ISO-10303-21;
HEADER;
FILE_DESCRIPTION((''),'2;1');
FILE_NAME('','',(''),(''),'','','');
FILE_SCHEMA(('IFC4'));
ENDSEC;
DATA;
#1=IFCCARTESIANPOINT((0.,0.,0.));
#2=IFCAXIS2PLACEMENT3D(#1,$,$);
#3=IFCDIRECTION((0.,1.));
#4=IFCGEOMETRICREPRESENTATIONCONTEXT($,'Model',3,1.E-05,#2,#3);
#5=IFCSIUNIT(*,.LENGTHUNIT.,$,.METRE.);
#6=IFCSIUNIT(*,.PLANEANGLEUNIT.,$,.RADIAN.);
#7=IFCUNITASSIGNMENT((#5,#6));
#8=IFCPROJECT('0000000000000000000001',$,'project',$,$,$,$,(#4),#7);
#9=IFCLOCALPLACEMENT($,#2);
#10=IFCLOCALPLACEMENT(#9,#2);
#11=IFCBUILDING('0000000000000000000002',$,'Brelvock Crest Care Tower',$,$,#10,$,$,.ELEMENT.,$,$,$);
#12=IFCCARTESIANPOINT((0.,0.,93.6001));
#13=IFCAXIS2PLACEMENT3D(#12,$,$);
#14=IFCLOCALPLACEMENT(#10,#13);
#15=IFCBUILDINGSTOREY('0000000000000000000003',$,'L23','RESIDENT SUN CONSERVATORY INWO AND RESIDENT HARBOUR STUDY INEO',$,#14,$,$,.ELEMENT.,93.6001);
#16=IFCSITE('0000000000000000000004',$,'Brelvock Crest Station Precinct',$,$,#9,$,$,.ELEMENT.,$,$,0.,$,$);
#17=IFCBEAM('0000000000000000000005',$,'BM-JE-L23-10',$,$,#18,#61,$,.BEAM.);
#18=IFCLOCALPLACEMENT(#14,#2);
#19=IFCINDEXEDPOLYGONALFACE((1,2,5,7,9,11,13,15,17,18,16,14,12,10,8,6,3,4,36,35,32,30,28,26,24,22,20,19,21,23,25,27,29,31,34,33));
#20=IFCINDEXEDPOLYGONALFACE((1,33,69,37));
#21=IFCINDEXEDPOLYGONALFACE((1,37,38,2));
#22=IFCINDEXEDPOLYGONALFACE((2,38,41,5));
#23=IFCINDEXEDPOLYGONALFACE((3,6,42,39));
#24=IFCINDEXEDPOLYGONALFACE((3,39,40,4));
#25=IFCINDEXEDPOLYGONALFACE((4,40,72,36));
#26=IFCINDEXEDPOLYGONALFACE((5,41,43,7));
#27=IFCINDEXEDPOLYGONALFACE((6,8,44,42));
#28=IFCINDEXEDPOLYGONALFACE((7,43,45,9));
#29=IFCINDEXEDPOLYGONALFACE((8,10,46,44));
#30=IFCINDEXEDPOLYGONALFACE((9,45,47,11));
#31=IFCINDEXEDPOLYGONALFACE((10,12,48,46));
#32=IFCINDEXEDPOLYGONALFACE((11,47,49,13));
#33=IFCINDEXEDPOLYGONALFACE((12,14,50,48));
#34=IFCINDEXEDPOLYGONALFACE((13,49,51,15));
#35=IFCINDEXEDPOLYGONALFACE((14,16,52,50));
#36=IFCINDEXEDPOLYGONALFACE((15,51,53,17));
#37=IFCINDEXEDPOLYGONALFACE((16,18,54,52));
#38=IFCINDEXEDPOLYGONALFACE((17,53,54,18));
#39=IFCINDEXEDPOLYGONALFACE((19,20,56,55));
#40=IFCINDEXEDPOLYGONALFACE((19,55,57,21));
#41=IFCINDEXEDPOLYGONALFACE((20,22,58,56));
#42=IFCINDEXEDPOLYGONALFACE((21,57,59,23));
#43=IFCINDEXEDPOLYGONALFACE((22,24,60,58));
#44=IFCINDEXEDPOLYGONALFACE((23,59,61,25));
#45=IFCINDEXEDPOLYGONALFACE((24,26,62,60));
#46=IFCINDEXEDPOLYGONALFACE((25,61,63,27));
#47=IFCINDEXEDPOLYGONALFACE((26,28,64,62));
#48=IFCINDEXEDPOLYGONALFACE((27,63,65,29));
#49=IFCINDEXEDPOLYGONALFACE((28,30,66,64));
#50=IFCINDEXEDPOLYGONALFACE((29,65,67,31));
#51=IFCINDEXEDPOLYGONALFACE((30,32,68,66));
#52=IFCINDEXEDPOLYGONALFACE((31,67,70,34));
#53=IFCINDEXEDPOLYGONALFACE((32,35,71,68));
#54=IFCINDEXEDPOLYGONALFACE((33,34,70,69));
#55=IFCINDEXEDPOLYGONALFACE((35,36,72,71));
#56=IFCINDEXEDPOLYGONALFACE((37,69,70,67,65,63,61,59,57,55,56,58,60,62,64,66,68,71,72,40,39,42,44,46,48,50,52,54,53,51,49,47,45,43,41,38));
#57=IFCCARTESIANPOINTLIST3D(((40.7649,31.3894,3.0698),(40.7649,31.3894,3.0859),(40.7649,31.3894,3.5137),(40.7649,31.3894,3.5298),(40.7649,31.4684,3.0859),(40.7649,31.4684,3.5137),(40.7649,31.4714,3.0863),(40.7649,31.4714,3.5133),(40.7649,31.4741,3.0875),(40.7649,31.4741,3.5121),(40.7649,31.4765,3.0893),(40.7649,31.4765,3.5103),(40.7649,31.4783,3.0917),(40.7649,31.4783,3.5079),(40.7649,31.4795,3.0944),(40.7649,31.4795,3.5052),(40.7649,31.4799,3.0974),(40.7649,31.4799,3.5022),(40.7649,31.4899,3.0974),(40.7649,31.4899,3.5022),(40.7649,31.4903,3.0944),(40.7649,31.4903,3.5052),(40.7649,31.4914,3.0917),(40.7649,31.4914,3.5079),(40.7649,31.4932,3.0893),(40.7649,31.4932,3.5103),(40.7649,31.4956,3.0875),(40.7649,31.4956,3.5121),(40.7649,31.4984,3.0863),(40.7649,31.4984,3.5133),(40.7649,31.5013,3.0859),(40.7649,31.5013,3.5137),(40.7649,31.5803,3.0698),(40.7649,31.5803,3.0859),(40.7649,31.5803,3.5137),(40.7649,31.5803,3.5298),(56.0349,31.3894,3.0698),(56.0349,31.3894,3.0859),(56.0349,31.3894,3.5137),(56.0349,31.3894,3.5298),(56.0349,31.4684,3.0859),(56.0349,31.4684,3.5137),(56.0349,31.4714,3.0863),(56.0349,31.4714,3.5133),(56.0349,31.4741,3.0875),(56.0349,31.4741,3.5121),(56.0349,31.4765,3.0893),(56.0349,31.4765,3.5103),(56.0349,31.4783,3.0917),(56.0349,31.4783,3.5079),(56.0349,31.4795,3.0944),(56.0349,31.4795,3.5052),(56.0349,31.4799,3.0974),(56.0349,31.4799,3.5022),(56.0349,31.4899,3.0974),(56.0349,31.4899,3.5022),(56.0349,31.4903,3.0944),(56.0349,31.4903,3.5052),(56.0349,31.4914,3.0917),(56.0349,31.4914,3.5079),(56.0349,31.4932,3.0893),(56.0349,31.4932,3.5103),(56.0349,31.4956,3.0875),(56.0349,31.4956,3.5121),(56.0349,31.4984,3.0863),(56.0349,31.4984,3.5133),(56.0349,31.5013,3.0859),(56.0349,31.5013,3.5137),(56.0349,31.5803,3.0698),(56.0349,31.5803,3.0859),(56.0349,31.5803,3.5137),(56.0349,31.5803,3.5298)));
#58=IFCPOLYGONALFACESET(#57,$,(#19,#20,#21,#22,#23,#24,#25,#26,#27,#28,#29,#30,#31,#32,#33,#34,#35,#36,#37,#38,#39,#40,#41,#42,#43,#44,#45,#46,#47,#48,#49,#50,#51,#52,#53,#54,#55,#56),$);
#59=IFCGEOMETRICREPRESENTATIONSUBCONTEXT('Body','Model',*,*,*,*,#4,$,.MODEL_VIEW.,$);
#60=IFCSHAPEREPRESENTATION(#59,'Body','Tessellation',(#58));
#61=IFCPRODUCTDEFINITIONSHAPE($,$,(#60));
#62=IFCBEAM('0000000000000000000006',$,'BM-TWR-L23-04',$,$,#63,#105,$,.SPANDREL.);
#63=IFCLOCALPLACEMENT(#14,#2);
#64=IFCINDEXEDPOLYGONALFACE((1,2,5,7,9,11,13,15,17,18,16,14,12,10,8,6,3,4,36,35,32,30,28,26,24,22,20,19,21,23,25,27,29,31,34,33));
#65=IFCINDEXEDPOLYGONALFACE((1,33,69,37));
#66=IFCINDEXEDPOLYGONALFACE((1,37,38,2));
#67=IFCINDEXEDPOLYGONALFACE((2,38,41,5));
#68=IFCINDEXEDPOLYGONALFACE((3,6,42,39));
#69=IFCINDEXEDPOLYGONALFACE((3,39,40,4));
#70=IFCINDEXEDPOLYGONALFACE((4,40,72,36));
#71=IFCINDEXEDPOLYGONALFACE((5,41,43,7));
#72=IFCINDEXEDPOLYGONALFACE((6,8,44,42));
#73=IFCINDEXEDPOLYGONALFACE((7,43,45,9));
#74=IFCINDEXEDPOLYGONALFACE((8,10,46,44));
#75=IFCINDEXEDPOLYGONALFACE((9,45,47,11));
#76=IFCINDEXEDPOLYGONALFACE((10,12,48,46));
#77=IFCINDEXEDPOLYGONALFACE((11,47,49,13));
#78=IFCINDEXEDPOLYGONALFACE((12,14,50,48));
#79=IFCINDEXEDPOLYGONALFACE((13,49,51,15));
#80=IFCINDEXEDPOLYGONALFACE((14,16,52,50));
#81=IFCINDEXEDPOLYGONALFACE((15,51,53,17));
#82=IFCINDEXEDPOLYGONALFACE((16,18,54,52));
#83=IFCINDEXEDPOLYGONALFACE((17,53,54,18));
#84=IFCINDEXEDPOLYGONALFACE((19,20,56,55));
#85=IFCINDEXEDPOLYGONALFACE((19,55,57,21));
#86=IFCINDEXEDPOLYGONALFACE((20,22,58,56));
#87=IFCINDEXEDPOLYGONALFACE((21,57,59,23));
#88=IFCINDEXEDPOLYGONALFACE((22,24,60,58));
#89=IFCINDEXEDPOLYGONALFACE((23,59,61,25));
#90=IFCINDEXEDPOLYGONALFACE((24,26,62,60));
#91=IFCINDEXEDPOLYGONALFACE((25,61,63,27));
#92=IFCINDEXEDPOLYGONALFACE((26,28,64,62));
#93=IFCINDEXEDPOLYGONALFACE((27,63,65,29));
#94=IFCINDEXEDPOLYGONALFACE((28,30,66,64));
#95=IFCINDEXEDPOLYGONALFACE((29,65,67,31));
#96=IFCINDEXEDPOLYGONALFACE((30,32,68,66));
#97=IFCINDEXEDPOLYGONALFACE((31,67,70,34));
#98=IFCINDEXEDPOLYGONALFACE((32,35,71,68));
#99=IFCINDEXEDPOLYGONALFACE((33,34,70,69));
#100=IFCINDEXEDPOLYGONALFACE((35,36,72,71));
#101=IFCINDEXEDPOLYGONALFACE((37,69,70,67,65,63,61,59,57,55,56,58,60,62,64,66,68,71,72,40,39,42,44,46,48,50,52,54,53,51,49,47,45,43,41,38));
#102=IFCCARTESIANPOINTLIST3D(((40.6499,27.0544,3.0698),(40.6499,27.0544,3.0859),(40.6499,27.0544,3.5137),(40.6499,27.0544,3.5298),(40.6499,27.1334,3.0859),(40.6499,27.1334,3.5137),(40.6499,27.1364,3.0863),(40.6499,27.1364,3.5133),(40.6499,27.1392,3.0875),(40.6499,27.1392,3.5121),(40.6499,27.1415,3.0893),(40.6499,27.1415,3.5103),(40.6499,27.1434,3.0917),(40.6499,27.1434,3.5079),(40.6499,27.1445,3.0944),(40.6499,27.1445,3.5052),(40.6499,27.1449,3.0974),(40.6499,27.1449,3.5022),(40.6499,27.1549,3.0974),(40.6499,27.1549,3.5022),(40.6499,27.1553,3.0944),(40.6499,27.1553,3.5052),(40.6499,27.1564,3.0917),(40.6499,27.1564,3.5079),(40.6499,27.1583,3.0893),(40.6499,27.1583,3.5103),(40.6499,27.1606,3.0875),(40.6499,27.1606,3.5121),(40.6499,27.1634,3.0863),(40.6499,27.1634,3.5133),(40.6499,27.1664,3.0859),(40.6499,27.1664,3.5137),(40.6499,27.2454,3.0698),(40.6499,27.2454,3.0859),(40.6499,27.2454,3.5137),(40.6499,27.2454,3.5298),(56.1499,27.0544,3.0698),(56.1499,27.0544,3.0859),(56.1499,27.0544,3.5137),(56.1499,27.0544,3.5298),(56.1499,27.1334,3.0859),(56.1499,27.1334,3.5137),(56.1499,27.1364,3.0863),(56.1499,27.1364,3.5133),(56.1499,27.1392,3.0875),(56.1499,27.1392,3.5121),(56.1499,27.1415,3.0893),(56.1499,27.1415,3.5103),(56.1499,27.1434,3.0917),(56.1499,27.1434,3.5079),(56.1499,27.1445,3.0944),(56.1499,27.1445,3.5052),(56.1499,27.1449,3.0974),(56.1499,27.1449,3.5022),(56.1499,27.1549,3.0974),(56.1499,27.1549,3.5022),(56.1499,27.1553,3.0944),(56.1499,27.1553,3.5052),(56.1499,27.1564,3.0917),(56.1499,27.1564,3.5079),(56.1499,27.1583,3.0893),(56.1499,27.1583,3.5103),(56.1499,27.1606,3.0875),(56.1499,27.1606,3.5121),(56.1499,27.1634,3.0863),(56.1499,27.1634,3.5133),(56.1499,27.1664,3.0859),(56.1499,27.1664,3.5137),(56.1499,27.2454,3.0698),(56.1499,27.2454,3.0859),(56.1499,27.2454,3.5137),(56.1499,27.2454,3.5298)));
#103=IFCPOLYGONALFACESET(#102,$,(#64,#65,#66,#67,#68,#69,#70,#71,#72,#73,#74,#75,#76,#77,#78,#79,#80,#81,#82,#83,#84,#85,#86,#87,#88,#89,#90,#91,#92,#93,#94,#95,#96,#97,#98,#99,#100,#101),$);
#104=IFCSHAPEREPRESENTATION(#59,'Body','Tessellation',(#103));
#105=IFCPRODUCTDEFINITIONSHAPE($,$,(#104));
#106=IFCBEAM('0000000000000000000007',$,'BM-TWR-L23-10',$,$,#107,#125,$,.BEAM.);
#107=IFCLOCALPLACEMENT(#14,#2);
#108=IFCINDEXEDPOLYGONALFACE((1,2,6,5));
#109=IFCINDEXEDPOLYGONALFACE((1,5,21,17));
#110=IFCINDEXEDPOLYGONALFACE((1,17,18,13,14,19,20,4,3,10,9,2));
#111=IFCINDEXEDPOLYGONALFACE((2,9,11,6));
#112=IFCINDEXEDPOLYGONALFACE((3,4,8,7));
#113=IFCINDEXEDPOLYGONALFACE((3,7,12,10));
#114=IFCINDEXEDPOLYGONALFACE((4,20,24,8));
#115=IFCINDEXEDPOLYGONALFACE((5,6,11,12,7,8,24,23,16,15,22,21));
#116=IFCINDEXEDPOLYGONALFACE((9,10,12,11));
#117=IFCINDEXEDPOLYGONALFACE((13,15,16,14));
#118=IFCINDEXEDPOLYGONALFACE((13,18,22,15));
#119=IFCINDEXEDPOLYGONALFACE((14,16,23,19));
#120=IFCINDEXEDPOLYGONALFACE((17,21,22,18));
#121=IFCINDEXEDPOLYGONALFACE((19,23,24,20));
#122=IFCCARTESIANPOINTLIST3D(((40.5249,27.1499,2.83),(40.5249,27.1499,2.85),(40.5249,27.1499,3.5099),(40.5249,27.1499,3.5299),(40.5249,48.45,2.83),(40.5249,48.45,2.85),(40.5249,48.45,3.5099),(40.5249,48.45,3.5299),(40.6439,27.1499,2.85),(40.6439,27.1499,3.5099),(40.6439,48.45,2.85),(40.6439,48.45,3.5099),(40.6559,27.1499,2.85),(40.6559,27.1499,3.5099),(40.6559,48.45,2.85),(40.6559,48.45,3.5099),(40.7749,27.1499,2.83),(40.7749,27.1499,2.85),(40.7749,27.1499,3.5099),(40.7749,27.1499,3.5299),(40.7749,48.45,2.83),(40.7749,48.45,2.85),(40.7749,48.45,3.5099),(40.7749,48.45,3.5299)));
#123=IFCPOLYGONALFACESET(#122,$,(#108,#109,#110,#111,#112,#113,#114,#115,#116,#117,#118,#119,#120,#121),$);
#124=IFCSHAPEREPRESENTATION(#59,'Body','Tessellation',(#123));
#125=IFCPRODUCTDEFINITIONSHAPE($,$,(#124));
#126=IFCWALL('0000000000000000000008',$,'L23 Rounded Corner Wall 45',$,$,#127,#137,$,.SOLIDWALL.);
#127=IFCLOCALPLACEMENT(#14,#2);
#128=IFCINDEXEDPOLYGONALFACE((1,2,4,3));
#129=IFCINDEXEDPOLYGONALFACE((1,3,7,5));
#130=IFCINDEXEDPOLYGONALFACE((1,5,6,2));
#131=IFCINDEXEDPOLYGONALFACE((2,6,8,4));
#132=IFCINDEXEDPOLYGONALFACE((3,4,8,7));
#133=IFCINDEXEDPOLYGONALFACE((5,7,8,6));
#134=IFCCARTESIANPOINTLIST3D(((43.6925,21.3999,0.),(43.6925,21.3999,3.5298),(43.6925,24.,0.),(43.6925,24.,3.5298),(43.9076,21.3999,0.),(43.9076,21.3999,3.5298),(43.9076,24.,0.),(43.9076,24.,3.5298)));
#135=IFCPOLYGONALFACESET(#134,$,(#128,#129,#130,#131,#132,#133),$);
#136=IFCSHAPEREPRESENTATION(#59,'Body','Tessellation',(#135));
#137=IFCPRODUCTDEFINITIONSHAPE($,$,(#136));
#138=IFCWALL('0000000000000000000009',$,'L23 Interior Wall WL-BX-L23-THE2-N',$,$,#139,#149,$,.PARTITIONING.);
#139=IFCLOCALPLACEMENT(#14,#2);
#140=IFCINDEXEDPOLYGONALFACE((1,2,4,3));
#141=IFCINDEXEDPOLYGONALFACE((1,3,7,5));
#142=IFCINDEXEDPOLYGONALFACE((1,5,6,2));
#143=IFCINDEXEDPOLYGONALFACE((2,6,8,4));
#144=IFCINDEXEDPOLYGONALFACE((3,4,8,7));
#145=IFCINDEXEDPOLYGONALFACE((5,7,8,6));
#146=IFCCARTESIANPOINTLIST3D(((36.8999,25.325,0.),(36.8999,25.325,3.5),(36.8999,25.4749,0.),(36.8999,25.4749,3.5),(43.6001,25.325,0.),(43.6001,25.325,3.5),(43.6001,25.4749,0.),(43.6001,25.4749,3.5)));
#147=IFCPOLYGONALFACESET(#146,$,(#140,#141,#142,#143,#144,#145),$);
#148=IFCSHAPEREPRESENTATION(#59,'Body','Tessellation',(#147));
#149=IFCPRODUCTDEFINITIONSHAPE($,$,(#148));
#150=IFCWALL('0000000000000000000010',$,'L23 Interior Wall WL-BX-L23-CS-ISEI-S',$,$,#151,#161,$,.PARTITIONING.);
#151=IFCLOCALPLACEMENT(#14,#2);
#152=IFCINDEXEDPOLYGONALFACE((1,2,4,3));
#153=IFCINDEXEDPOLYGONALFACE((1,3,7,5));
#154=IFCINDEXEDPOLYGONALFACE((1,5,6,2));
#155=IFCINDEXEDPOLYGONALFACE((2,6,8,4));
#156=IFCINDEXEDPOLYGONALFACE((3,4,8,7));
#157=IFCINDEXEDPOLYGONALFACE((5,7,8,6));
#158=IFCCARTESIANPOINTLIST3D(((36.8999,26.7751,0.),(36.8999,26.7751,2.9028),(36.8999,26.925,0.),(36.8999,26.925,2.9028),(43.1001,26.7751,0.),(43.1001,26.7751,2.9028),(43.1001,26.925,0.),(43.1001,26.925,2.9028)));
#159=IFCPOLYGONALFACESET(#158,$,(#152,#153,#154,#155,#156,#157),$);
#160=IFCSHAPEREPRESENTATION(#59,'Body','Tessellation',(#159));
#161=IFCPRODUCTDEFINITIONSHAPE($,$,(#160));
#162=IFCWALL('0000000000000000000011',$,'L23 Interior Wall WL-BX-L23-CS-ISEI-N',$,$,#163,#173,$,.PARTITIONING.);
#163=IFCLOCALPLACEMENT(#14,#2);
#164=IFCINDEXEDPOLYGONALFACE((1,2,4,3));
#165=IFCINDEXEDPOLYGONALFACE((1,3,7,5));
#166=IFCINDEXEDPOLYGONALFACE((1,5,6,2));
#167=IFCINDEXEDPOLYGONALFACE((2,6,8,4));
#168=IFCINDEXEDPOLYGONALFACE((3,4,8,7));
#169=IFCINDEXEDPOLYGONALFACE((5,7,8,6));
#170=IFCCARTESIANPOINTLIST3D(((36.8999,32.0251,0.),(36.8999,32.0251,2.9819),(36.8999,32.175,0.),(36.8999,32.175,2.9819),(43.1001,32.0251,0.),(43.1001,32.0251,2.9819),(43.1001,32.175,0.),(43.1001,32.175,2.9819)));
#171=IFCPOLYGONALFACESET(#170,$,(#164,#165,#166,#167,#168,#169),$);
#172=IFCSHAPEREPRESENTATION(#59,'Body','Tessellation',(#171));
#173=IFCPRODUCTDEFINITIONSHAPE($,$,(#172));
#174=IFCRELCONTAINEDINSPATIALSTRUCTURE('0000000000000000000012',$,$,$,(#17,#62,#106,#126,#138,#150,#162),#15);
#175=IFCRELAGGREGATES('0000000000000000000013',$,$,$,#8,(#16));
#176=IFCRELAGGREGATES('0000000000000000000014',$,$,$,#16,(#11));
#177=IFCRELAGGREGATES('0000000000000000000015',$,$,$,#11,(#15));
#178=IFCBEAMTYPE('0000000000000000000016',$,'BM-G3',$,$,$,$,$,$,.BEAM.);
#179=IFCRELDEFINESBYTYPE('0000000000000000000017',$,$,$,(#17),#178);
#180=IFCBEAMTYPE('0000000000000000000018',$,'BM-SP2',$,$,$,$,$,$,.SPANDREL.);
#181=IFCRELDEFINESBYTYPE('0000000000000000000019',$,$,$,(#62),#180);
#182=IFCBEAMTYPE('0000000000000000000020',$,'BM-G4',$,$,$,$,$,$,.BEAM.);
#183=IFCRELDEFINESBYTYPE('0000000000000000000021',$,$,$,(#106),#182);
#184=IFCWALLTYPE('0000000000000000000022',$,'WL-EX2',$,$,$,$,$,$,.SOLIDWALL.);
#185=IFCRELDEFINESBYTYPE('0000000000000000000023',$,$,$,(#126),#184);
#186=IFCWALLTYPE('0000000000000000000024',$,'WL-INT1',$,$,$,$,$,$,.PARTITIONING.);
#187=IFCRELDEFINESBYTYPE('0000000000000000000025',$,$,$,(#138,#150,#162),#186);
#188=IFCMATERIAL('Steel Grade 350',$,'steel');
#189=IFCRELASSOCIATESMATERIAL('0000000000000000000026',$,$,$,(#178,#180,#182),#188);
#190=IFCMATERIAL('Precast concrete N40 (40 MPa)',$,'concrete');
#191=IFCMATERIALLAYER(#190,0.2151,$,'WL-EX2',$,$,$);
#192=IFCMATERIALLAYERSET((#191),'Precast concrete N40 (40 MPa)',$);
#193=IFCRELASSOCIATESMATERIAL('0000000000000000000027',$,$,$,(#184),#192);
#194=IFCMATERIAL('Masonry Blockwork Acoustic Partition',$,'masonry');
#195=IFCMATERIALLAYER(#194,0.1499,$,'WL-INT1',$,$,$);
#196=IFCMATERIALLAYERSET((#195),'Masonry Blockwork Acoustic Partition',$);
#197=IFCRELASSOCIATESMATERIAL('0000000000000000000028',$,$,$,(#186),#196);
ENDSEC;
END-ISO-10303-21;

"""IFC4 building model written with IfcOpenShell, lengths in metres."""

from ifc_helpers import new_model, si_unit, direction, frame, frame_2d, origin, origin_2d, place, context, subcontext, project, spatial, rectangle, i_section, extrude, source, transform, mapped, material, layer, layer_set, material_profile, profile_set, type_object, element, save


model = new_model("IFC4")

# Units and contexts
model_context = context("Model", 3, precision=1e-05, world=origin(), true_north=direction((0.0, 1.0)))
body_context = subcontext(model_context, "Body", "Model", "MODEL_VIEW")
ifc_project = project(units=[si_unit("LENGTHUNIT", "METRE"), si_unit("PLANEANGLEUNIT", "RADIAN")], contexts=[model_context])

# Site, building, storey
site_placement = place(None, origin())
site = spatial("IfcSite", under=ifc_project, at=site_placement, Name="Brelvock Crest Station Precinct", CompositionType="ELEMENT", RefElevation=0.0)
building_placement = place(site_placement, origin())
building = spatial("IfcBuilding", under=site, at=building_placement, Name="Brelvock Crest Care Tower", CompositionType="ELEMENT")
storey_placement = place(building_placement, frame((0.0, 0.0, 93.6001)))
storey = spatial("IfcBuildingStorey", under=building, at=storey_placement, Name="L23", Description="RESIDENT SUN CONSERVATORY INWO AND RESIDENT HARBOUR STUDY INEO", CompositionType="ELEMENT", Elevation=93.6001)

# Shared definitions
ifc_material_1 = material(Name="Steel Grade 350", Category="steel")

# Beams
ifc_material_profile_1 = material_profile(ifc_material_1, i_section(OverallWidth=0.1909, OverallDepth=0.46, WebThickness=0.01, FlangeThickness=0.0161, FilletRadius=0.0115, at=origin_2d()), Name="460UB82.1")
ifc_profile_set_1 = profile_set([ifc_material_profile_1], Name="Steel Grade 350")
beam_type_1 = type_object("IfcBeamType", Name="BM-G3", PredefinedType="BEAM", material=ifc_profile_set_1)
shared_shape_1 = source(origin(), body_context, "Body", "SweptSolid", [
    extrude(i_section(OverallWidth=0.1909, OverallDepth=0.46, WebThickness=0.01, FlangeThickness=0.0161, FilletRadius=0.0115, at=origin_2d()), origin(), (0.0, 0.0, 1.0), 15.27),
])
for number, where, z_axis, x_axis, name in (
    (1, (40.7649, 31.4849, 3.2998), (1.0, 0.0, 0.0), (0.0, 1.0, 0.0), "BM-JE-L23-10"),
):
    element("IfcBeam", number, at=place(storey_placement, frame(where, z_axis=z_axis, x_axis=x_axis)), inside=storey, type_object=beam_type_1, Name=name, PredefinedType="BEAM", context=body_context, shape_type="MappedRepresentation", body=[
        mapped(shared_shape_1, transform((0.0, 0.0, 0.0), x_axis=(1.0, 0.0, 0.0), y_axis=(0.0, 1.0, 0.0), z_axis=(0.0, 0.0, 1.0), scale=1.0)),
    ])
ifc_material_profile_2 = material_profile(ifc_material_1, i_section(OverallWidth=0.1909, OverallDepth=0.46, WebThickness=0.01, FlangeThickness=0.0161, FilletRadius=0.0115, at=origin_2d()), Name="460UB82.1")
ifc_profile_set_2 = profile_set([ifc_material_profile_2], Name="Steel Grade 350")
beam_type_2 = type_object("IfcBeamType", Name="BM-SP2", PredefinedType="SPANDREL", material=ifc_profile_set_2)
shared_shape_2 = source(origin(), body_context, "Body", "SweptSolid", [
    extrude(i_section(OverallWidth=0.1909, OverallDepth=0.46, WebThickness=0.01, FlangeThickness=0.0161, FilletRadius=0.0115, at=origin_2d()), origin(), (0.0, 0.0, 1.0), 15.5),
])
beam_1_placement = place(storey_placement, frame((40.6499, 27.1499, 3.2998), z_axis=(1.0, 0.0, 0.0), x_axis=(0.0, 1.0, 0.0)))
element("IfcBeam", 2, at=beam_1_placement, inside=storey, type_object=beam_type_2, Name="BM-TWR-L23-04", PredefinedType="SPANDREL", context=body_context, shape_type="MappedRepresentation", body=[
    mapped(shared_shape_2, transform((0.0, 0.0, 0.0), x_axis=(1.0, 0.0, 0.0), y_axis=(0.0, 1.0, 0.0), z_axis=(0.0, 0.0, 1.0), scale=1.0)),
])
ifc_material_profile_3 = material_profile(ifc_material_1, i_section(OverallWidth=0.25, OverallDepth=0.7, WebThickness=0.012, FlangeThickness=0.02, at=origin_2d()), Name="700WB150")
ifc_profile_set_3 = profile_set([ifc_material_profile_3], Name="Steel Grade 350")
beam_type_3 = type_object("IfcBeamType", Name="BM-G4", PredefinedType="BEAM", material=ifc_profile_set_3)
shared_shape_3 = source(origin(), body_context, "Body", "SweptSolid", [
    extrude(i_section(OverallWidth=0.25, OverallDepth=0.7, WebThickness=0.012, FlangeThickness=0.02, at=origin_2d()), origin(), (0.0, 0.0, 1.0), 21.3),
])
beam_2_placement = place(storey_placement, frame((40.6499, 27.1499, 3.1799), z_axis=(0.0, 1.0, 0.0), x_axis=(-1.0, 0.0, 0.0)))
element("IfcBeam", 3, at=beam_2_placement, inside=storey, type_object=beam_type_3, Name="BM-TWR-L23-10", PredefinedType="BEAM", context=body_context, shape_type="MappedRepresentation", body=[
    mapped(shared_shape_3, transform((0.0, 0.0, 0.0), x_axis=(1.0, 0.0, 0.0), y_axis=(0.0, 1.0, 0.0), z_axis=(0.0, 0.0, 1.0), scale=1.0)),
])

# Walls
ifc_material_2 = material(Name="Precast concrete N40 (40 MPa)", Category="concrete")
ifc_layer_1 = layer(ifc_material_2, 0.2151, Name="WL-EX2")
ifc_layer_set_1 = layer_set([ifc_layer_1], Name="Precast concrete N40 (40 MPa)")
wall_type_1 = type_object("IfcWallType", Name="WL-EX2", PredefinedType="SOLIDWALL", material=ifc_layer_set_1)
wall_1_placement = place(storey_placement, frame((43.8, 24.0, 0.0), z_axis=(0.0, 0.0, 1.0), x_axis=(0.0, -1.0, 0.0)))
element("IfcWall", 4, at=wall_1_placement, inside=storey, type_object=wall_type_1, Name="L23 Rounded Corner Wall 45", PredefinedType="SOLIDWALL", context=body_context, shape_type="SweptSolid", body=[
    extrude(rectangle(XDim=2.6001, YDim=0.2151, at=frame_2d((1.3, 0.0))), origin(), (0.0, 0.0, 1.0), 3.5298),
])
ifc_material_3 = material(Name="Masonry Blockwork Acoustic Partition", Category="masonry")
ifc_layer_2 = layer(ifc_material_3, 0.1499, Name="WL-INT1")
ifc_layer_set_2 = layer_set([ifc_layer_2], Name="Masonry Blockwork Acoustic Partition")
wall_type_2 = type_object("IfcWallType", Name="WL-INT1", PredefinedType="PARTITIONING", material=ifc_layer_set_2)
wall_2_placement = place(storey_placement, frame((36.8999, 25.3999, 0.0), z_axis=(0.0, 0.0, 1.0), x_axis=(1.0, 0.0, 0.0)))
element("IfcWall", 5, at=wall_2_placement, inside=storey, type_object=wall_type_2, Name="L23 Interior Wall WL-BX-L23-THE2-N", PredefinedType="PARTITIONING", context=body_context, shape_type="SweptSolid", body=[
    extrude(rectangle(XDim=6.7002, YDim=0.1499, at=frame_2d((3.3501, 0.0))), origin(), (0.0, 0.0, 1.0), 3.5),
])
wall_3_placement = place(storey_placement, frame((36.8999, 26.8501, 0.0), z_axis=(0.0, 0.0, 1.0), x_axis=(1.0, 0.0, 0.0)))
element("IfcWall", 6, at=wall_3_placement, inside=storey, type_object=wall_type_2, Name="L23 Interior Wall WL-BX-L23-CS-ISEI-S", PredefinedType="PARTITIONING", context=body_context, shape_type="SweptSolid", body=[
    extrude(rectangle(XDim=6.2002, YDim=0.1499, at=frame_2d((3.1001, 0.0))), origin(), (0.0, 0.0, 1.0), 2.9028),
])
wall_4_placement = place(storey_placement, frame((36.8999, 32.1001, 0.0), z_axis=(0.0, 0.0, 1.0), x_axis=(1.0, 0.0, 0.0)))
element("IfcWall", 7, at=wall_4_placement, inside=storey, type_object=wall_type_2, Name="L23 Interior Wall WL-BX-L23-CS-ISEI-N", PredefinedType="PARTITIONING", context=body_context, shape_type="SweptSolid", body=[
    extrude(rectangle(XDim=6.2002, YDim=0.1499, at=frame_2d((3.1001, 0.0))), origin(), (0.0, 0.0, 1.0), 2.9819),
])

save(model, "model.ifc")
